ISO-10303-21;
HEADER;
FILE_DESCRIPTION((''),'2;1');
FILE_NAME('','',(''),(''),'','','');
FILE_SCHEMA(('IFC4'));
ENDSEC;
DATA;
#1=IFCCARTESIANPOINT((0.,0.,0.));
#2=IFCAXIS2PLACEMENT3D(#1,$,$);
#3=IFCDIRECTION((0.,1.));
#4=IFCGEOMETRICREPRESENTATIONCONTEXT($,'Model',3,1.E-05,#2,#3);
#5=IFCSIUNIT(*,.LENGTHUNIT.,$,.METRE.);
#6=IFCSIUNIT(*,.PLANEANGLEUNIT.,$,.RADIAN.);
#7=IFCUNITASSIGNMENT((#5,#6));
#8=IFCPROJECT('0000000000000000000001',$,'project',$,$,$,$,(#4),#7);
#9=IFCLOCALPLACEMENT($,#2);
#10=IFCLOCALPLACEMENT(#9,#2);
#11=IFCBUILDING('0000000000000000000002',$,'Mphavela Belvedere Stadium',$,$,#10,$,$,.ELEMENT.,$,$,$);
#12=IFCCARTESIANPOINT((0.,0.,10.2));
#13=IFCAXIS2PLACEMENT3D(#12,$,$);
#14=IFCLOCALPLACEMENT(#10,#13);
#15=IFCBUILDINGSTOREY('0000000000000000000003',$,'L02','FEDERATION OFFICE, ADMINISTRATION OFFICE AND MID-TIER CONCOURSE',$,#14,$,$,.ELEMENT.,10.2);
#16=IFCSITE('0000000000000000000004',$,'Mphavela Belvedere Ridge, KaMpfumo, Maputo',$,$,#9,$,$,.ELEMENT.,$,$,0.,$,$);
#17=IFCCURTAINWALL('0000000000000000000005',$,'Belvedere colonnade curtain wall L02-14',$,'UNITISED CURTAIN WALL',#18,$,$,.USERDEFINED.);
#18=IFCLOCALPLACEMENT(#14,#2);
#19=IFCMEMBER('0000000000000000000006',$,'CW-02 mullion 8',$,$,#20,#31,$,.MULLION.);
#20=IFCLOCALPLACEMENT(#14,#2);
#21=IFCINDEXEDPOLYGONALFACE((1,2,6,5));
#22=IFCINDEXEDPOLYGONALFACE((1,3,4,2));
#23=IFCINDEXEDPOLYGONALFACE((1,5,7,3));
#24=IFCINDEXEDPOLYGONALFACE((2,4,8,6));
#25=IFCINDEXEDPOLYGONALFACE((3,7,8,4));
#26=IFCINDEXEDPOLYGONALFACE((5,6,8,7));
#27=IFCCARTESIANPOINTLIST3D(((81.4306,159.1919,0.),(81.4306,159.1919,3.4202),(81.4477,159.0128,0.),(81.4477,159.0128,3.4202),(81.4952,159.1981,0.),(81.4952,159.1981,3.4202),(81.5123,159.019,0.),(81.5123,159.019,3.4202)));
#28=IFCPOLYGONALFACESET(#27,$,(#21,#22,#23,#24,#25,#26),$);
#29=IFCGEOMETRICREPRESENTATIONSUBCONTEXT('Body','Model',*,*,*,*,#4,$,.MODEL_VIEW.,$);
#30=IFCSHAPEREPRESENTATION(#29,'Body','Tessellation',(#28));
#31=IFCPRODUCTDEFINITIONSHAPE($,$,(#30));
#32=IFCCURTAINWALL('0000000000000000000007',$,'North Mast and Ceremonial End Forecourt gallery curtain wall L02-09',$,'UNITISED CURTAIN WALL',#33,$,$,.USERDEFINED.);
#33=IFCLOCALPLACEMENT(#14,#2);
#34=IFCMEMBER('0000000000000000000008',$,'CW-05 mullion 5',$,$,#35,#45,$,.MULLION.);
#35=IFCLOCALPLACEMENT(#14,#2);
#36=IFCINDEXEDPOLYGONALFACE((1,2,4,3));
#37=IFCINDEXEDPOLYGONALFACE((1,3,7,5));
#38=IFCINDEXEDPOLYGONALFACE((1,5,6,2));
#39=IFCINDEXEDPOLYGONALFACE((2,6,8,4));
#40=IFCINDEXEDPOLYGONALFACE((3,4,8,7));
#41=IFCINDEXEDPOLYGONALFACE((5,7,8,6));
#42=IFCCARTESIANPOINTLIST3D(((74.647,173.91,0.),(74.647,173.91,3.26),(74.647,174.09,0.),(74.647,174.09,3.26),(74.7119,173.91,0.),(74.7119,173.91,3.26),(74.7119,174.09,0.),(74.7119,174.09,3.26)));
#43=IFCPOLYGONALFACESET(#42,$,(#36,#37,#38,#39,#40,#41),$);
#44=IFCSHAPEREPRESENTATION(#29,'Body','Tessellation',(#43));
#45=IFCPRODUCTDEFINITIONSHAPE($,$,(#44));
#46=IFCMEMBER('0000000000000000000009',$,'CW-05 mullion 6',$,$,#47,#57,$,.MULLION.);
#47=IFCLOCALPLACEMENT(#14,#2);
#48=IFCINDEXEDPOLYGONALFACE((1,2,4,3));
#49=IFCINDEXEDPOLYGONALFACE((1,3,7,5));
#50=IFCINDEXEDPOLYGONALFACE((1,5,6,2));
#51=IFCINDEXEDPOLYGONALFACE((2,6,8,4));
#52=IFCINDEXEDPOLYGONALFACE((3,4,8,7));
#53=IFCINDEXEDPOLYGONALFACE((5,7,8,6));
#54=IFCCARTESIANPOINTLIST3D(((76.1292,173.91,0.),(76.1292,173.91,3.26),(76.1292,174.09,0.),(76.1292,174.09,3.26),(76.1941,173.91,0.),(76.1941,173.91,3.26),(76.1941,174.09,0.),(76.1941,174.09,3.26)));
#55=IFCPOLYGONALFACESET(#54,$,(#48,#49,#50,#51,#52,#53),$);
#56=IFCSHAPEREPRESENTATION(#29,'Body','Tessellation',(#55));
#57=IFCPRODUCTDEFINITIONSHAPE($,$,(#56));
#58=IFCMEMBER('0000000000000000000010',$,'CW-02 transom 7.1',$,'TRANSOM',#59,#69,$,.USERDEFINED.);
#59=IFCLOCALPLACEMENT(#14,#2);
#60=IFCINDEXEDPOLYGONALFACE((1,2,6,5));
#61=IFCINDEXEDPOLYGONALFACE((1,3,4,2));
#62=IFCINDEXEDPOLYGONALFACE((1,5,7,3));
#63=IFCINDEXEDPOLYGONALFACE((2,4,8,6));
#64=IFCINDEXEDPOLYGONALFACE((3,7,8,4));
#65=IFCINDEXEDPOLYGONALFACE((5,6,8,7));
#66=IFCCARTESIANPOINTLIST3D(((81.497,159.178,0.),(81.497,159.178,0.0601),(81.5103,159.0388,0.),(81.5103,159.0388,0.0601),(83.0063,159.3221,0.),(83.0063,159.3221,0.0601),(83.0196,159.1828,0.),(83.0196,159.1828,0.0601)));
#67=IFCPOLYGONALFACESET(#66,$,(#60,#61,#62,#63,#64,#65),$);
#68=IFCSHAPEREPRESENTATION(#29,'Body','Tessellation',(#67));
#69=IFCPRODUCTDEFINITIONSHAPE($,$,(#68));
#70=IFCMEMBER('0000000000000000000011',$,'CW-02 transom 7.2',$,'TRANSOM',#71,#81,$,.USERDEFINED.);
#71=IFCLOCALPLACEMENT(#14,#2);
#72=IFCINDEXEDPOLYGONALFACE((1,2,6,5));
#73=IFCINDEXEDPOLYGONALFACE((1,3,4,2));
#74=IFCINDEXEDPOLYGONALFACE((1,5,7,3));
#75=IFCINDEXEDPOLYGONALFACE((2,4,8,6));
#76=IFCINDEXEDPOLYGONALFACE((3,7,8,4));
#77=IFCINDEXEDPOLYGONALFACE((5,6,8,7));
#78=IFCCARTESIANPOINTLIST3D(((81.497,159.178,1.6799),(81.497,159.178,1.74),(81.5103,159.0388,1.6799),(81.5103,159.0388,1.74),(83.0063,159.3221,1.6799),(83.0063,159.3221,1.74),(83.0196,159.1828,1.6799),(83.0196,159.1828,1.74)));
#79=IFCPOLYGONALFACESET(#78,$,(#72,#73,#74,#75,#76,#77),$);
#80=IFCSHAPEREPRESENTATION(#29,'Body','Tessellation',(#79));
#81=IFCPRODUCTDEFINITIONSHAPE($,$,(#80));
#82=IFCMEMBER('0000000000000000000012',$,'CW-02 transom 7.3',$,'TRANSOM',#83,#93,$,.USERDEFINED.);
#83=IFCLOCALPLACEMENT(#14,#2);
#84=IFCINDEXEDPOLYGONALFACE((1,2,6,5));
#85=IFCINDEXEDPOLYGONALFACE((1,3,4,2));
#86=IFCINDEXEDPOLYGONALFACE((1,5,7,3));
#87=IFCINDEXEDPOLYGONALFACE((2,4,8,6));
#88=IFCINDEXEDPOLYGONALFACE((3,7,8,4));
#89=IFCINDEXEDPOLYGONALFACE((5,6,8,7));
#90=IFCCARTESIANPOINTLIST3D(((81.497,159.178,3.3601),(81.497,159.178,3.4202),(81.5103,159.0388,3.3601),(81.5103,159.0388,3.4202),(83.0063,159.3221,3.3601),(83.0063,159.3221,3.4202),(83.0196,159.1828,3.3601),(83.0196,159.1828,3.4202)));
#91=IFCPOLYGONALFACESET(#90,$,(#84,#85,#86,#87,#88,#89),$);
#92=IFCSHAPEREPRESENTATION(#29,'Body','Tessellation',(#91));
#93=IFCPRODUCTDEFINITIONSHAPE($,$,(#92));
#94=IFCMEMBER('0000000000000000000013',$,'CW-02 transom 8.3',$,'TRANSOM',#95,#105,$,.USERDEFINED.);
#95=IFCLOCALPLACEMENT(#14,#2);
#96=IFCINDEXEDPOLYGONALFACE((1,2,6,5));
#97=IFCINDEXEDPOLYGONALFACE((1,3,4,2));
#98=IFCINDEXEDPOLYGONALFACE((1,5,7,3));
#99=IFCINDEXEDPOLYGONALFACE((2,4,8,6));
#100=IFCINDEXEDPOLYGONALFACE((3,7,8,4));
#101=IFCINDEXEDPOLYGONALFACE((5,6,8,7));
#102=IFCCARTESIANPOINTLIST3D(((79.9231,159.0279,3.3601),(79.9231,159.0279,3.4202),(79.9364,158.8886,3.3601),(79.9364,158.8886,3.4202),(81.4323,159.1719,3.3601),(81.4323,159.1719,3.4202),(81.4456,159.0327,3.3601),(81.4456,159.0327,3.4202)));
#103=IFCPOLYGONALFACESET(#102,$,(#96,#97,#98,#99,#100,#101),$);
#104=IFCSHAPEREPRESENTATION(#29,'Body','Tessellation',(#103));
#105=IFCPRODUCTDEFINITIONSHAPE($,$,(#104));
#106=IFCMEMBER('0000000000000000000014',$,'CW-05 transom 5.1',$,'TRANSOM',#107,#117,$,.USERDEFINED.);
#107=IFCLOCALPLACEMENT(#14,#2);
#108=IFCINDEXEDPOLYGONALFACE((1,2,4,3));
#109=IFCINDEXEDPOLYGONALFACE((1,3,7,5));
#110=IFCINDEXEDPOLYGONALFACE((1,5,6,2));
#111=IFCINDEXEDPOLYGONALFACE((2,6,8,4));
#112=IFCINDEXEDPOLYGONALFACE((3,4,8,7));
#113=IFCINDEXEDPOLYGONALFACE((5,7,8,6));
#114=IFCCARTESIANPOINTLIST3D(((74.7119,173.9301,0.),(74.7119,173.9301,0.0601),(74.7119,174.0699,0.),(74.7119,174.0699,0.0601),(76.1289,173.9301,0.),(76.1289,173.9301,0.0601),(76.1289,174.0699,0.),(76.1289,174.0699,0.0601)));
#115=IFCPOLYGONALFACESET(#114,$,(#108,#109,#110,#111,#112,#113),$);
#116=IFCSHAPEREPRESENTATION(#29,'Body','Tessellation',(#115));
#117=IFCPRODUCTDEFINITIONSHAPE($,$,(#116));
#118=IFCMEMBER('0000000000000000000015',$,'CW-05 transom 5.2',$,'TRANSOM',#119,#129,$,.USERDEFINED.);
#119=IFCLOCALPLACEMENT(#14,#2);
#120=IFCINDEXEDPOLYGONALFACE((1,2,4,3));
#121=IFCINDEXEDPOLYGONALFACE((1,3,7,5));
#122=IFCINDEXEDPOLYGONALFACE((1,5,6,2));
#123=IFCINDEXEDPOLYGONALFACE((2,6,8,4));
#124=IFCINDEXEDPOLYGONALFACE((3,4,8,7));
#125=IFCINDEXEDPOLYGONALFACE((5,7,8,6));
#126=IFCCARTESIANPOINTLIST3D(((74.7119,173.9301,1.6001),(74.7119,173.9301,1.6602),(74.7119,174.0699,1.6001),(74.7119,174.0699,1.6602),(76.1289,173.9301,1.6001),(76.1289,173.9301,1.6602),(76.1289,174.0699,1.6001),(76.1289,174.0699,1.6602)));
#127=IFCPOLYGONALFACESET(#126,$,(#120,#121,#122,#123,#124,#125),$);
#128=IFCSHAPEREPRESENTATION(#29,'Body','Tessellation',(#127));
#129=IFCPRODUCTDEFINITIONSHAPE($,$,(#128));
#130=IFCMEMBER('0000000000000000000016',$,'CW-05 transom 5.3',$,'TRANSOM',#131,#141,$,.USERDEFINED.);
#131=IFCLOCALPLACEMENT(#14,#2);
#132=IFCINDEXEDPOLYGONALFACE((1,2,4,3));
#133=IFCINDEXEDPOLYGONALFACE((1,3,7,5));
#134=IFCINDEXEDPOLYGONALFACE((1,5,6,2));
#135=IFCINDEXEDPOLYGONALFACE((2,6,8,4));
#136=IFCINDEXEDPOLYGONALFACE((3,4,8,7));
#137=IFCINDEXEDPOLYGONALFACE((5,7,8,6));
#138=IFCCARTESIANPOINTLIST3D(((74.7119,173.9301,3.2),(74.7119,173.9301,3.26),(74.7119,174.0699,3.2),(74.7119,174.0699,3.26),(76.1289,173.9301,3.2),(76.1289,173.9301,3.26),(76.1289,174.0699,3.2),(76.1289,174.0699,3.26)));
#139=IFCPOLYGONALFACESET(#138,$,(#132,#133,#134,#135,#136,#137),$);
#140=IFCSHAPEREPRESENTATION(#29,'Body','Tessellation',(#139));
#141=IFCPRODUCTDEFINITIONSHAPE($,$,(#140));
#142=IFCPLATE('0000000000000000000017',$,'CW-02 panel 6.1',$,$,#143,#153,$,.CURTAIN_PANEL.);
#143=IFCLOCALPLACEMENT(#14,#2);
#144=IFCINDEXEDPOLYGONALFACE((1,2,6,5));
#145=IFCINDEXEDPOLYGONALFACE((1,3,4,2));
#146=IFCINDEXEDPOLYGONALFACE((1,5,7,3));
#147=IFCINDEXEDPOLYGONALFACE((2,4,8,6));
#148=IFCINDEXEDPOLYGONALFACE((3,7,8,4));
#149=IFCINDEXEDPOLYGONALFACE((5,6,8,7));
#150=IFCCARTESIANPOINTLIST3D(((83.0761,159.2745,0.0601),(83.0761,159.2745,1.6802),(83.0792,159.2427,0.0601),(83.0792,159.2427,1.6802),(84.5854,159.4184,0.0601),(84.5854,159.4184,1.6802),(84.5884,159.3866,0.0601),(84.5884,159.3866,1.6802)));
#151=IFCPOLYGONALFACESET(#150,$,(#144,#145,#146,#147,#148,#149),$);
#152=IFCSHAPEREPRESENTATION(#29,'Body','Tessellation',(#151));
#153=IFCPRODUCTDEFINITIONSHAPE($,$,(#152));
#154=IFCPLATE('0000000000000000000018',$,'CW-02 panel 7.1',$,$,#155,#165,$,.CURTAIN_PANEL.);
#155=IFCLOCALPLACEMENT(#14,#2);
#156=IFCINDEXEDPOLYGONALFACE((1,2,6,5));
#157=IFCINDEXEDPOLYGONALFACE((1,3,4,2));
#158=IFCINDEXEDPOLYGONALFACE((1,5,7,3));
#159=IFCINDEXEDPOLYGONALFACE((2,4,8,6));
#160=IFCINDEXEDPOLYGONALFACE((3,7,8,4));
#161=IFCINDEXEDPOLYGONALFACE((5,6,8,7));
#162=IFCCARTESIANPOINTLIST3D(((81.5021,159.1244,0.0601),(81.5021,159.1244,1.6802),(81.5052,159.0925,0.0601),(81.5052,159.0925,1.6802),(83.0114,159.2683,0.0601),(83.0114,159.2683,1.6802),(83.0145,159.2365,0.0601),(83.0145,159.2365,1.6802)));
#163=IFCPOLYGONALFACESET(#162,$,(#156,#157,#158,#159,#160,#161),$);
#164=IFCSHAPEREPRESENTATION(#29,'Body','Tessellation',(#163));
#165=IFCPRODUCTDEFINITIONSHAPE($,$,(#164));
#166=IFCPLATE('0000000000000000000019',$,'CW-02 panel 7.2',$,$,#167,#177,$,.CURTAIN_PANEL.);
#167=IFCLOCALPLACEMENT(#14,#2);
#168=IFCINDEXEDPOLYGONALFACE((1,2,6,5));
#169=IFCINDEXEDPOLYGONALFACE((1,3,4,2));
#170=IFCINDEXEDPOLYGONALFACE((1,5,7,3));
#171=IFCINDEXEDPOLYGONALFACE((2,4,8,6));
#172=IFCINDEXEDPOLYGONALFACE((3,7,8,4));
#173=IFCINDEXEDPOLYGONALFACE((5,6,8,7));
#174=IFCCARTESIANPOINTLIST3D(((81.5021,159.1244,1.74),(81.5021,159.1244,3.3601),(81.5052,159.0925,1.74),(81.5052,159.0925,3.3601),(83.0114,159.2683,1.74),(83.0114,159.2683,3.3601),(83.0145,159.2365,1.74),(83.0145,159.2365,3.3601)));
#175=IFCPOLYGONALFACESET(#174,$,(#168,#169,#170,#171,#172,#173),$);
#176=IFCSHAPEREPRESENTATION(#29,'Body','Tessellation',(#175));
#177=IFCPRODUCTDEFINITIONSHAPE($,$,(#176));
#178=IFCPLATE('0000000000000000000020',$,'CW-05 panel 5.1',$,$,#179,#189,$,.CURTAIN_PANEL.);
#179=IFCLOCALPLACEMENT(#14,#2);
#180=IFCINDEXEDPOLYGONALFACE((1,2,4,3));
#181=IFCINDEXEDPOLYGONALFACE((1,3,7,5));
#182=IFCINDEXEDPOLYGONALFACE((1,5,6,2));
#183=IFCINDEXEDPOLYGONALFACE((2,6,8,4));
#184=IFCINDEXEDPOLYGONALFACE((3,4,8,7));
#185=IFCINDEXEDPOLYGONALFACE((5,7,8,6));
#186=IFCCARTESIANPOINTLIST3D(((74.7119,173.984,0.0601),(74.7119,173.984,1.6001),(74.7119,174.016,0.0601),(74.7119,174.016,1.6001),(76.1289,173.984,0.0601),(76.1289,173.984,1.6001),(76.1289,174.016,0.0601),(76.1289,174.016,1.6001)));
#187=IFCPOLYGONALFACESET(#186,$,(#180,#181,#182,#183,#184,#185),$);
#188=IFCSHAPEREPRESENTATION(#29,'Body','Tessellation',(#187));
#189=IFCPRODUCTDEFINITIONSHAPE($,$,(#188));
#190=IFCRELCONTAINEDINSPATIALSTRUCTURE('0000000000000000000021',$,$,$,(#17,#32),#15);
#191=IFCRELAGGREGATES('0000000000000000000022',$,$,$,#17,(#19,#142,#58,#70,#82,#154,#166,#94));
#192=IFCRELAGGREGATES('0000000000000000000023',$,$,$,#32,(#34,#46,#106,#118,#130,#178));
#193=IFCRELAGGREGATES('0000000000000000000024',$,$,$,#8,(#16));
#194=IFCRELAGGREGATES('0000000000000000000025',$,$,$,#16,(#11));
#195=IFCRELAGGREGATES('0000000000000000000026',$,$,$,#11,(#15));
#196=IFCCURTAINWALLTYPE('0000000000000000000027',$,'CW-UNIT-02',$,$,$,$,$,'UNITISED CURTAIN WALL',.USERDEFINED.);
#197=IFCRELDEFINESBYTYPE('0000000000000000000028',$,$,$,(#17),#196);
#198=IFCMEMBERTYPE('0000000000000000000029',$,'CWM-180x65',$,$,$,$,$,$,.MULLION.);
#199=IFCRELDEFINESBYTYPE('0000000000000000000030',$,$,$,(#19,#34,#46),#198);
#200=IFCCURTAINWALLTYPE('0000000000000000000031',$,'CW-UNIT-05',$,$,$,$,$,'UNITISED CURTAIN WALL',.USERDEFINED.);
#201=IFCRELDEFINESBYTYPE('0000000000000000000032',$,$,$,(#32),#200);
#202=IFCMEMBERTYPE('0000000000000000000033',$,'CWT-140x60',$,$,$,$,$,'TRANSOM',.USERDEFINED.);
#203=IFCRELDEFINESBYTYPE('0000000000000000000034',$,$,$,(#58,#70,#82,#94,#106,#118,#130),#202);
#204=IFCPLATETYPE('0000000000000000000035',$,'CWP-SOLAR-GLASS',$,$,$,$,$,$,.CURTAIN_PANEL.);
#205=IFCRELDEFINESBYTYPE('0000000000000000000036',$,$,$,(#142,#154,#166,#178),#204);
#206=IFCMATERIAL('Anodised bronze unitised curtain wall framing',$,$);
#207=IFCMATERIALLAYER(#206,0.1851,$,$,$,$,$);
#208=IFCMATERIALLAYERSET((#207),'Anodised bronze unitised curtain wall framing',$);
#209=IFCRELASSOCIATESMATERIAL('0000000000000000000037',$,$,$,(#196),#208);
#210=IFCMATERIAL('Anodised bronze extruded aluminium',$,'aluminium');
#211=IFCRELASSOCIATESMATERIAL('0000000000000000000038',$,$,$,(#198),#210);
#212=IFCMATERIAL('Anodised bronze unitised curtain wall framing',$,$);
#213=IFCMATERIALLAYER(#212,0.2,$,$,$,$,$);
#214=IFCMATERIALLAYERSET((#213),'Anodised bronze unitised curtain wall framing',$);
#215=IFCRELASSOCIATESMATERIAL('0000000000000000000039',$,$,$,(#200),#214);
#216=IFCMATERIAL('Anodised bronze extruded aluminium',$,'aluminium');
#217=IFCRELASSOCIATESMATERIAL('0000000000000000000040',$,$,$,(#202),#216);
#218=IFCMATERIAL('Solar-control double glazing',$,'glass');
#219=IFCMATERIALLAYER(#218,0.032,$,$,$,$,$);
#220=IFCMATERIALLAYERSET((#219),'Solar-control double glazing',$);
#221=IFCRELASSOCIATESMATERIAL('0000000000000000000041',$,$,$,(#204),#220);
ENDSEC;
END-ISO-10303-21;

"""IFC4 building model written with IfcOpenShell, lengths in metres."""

from ifc_helpers import new_model, si_unit, direction, frame, origin, origin_2d, place, context, subcontext, project, spatial, rectangle, extrude, material, layer, layer_set, material_profile, profile_set, type_object, element, aggregate, save


model = new_model("IFC4")

# Units and contexts
model_context = context("Model", 3, precision=1e-05, world=origin(), true_north=direction((0.0, 1.0)))
body_context = subcontext(model_context, "Body", "Model", "MODEL_VIEW")
ifc_project = project(units=[si_unit("LENGTHUNIT", "METRE"), si_unit("PLANEANGLEUNIT", "RADIAN")], contexts=[model_context])

# Site, building, storey
site_placement = place(None, origin())
site = spatial("IfcSite", under=ifc_project, at=site_placement, Name="Mphavela Belvedere Ridge, KaMpfumo, Maputo", CompositionType="ELEMENT", RefElevation=0.0)
building_placement = place(site_placement, origin())
building = spatial("IfcBuilding", under=site, at=building_placement, Name="Mphavela Belvedere Stadium", CompositionType="ELEMENT")
storey_placement = place(building_placement, frame((0.0, 0.0, 10.2)))
storey = spatial("IfcBuildingStorey", under=building, at=storey_placement, Name="L02", Description="FEDERATION OFFICE, ADMINISTRATION OFFICE AND MID-TIER CONCOURSE", CompositionType="ELEMENT", Elevation=10.2)

# Curtain walls, members
ifc_material_1 = material(Name="Anodised bronze unitised curtain wall framing")
ifc_layer_1 = layer(ifc_material_1, 0.1851)
ifc_layer_set_1 = layer_set([ifc_layer_1], Name="Anodised bronze unitised curtain wall framing")
curtain_wall_type_1 = type_object("IfcCurtainWallType", Name="CW-UNIT-02", ElementType="UNITISED CURTAIN WALL", PredefinedType="USERDEFINED", material=ifc_layer_set_1)
curtain_wall_1_placement = place(storey_placement, origin())
curtain_wall_1 = element("IfcCurtainWall", 1, at=curtain_wall_1_placement, inside=storey, type_object=curtain_wall_type_1, Name="Belvedere colonnade curtain wall L02-14", ObjectType="UNITISED CURTAIN WALL", PredefinedType="USERDEFINED")
ifc_material_2 = material(Name="Anodised bronze extruded aluminium", Category="aluminium")
ifc_material_profile_1 = material_profile(ifc_material_2, rectangle(XDim=0.1799, YDim=0.0649, at=origin_2d()), Name="CW-MUL 180x65")
ifc_profile_set_1 = profile_set([ifc_material_profile_1], Name="Anodised bronze extruded aluminium")
member_type_1 = type_object("IfcMemberType", Name="CWM-180x65", PredefinedType="MULLION", material=ifc_profile_set_1)
member_1_placement = place(storey_placement, frame((81.4714, 159.1055, 0.0), z_axis=(0.0, 0.0, 1.0), x_axis=(0.094926, -0.995484, 0.0)))
member_1 = element("IfcMember", 2, at=member_1_placement, type_object=member_type_1, Name="CW-02 mullion 8", PredefinedType="MULLION", context=body_context, shape_type="SweptSolid", body=[
    extrude(rectangle(XDim=0.1799, YDim=0.0649, at=origin_2d()), origin(), (0.0, 0.0, 1.0), 3.4202),
])
ifc_material_3 = material(Name="Anodised bronze unitised curtain wall framing")
ifc_layer_2 = layer(ifc_material_3, 0.2)
ifc_layer_set_2 = layer_set([ifc_layer_2], Name="Anodised bronze unitised curtain wall framing")
curtain_wall_type_2 = type_object("IfcCurtainWallType", Name="CW-UNIT-05", ElementType="UNITISED CURTAIN WALL", PredefinedType="USERDEFINED", material=ifc_layer_set_2)
curtain_wall_2_placement = place(storey_placement, origin())
curtain_wall_2 = element("IfcCurtainWall", 3, at=curtain_wall_2_placement, inside=storey, type_object=curtain_wall_type_2, Name="North Mast and Ceremonial End Forecourt gallery curtain wall L02-09", ObjectType="UNITISED CURTAIN WALL", PredefinedType="USERDEFINED")
member_2_placement = place(storey_placement, frame((74.6794, 174.0, 0.0), z_axis=(0.0, 0.0, 1.0), x_axis=(0.0, 1.0, 0.0)))
member_2 = element("IfcMember", 4, at=member_2_placement, type_object=member_type_1, Name="CW-05 mullion 5", PredefinedType="MULLION", context=body_context, shape_type="SweptSolid", body=[
    extrude(rectangle(XDim=0.1799, YDim=0.0649, at=origin_2d()), origin(), (0.0, 0.0, 1.0), 3.26),
])
member_3_placement = place(storey_placement, frame((76.1616, 174.0, 0.0), z_axis=(0.0, 0.0, 1.0), x_axis=(0.0, 1.0, 0.0)))
member_3 = element("IfcMember", 5, at=member_3_placement, type_object=member_type_1, Name="CW-05 mullion 6", PredefinedType="MULLION", context=body_context, shape_type="SweptSolid", body=[
    extrude(rectangle(XDim=0.1799, YDim=0.0649, at=origin_2d()), origin(), (0.0, 0.0, 1.0), 3.26),
])

# Members
ifc_material_4 = material(Name="Anodised bronze extruded aluminium", Category="aluminium")
ifc_material_profile_2 = material_profile(ifc_material_4, rectangle(XDim=0.1399, YDim=0.0601, at=origin_2d()), Name="CW-TRN 140x60")
ifc_profile_set_2 = profile_set([ifc_material_profile_2], Name="Anodised bronze extruded aluminium")
member_type_2 = type_object("IfcMemberType", Name="CWT-140x60", ElementType="TRANSOM", PredefinedType="USERDEFINED", material=ifc_profile_set_2)
member_4_placement = place(storey_placement, frame((83.0129, 159.2524, 0.03), z_axis=(-0.995477, -0.095007, 0.0), x_axis=(0.095007, -0.995477, 0.0)))
member_4 = element("IfcMember", 6, at=member_4_placement, type_object=member_type_2, Name="CW-02 transom 7.1", ObjectType="TRANSOM", PredefinedType="USERDEFINED", context=body_context, shape_type="SweptSolid", body=[
    extrude(rectangle(XDim=0.1399, YDim=0.0601, at=origin_2d()), origin(), (0.0, 0.0, 1.0), 1.5161),
])
member_5_placement = place(storey_placement, frame((83.0129, 159.2524, 1.71), z_axis=(-0.995477, -0.095007, 0.0), x_axis=(0.095007, -0.995477, 0.0)))
member_5 = element("IfcMember", 7, at=member_5_placement, type_object=member_type_2, Name="CW-02 transom 7.2", ObjectType="TRANSOM", PredefinedType="USERDEFINED", context=body_context, shape_type="SweptSolid", body=[
    extrude(rectangle(XDim=0.1399, YDim=0.0601, at=origin_2d()), origin(), (0.0, 0.0, 1.0), 1.5161),
])
member_6_placement = place(storey_placement, frame((83.0129, 159.2524, 3.3901), z_axis=(-0.995477, -0.095007, 0.0), x_axis=(0.095007, -0.995477, 0.0)))
member_6 = element("IfcMember", 8, at=member_6_placement, type_object=member_type_2, Name="CW-02 transom 7.3", ObjectType="TRANSOM", PredefinedType="USERDEFINED", context=body_context, shape_type="SweptSolid", body=[
    extrude(rectangle(XDim=0.1399, YDim=0.0601, at=origin_2d()), origin(), (0.0, 0.0, 1.0), 1.5161),
])
member_7_placement = place(storey_placement, frame((81.439, 159.1023, 3.3901), z_axis=(-0.995477, -0.095007, 0.0), x_axis=(0.095007, -0.995477, 0.0)))
member_7 = element("IfcMember", 9, at=member_7_placement, type_object=member_type_2, Name="CW-02 transom 8.3", ObjectType="TRANSOM", PredefinedType="USERDEFINED", context=body_context, shape_type="SweptSolid", body=[
    extrude(rectangle(XDim=0.1399, YDim=0.0601, at=origin_2d()), origin(), (0.0, 0.0, 1.0), 1.5161),
])
member_8_placement = place(storey_placement, frame((74.7119, 174.0, 0.03), z_axis=(1.0, 0.0, 0.0), x_axis=(0.0, 1.0, 0.0)))
member_8 = element("IfcMember", 10, at=member_8_placement, type_object=member_type_2, Name="CW-05 transom 5.1", ObjectType="TRANSOM", PredefinedType="USERDEFINED", context=body_context, shape_type="SweptSolid", body=[
    extrude(rectangle(XDim=0.1399, YDim=0.0601, at=origin_2d()), origin(), (0.0, 0.0, 1.0), 1.417),
])
member_9_placement = place(storey_placement, frame((74.7119, 174.0, 1.6301), z_axis=(1.0, 0.0, 0.0), x_axis=(0.0, 1.0, 0.0)))
member_9 = element("IfcMember", 11, at=member_9_placement, type_object=member_type_2, Name="CW-05 transom 5.2", ObjectType="TRANSOM", PredefinedType="USERDEFINED", context=body_context, shape_type="SweptSolid", body=[
    extrude(rectangle(XDim=0.1399, YDim=0.0601, at=origin_2d()), origin(), (0.0, 0.0, 1.0), 1.417),
])
member_10_placement = place(storey_placement, frame((74.7119, 174.0, 3.23), z_axis=(1.0, 0.0, 0.0), x_axis=(0.0, 1.0, 0.0)))
member_10 = element("IfcMember", 12, at=member_10_placement, type_object=member_type_2, Name="CW-05 transom 5.3", ObjectType="TRANSOM", PredefinedType="USERDEFINED", context=body_context, shape_type="SweptSolid", body=[
    extrude(rectangle(XDim=0.1399, YDim=0.0601, at=origin_2d()), origin(), (0.0, 0.0, 1.0), 1.417),
])

# Plates
ifc_material_5 = material(Name="Solar-control double glazing", Category="glass")
ifc_layer_3 = layer(ifc_material_5, 0.032)
ifc_layer_set_3 = layer_set([ifc_layer_3], Name="Solar-control double glazing")
plate_type = type_object("IfcPlateType", Name="CWP-SOLAR-GLASS", PredefinedType="CURTAIN_PANEL", material=ifc_layer_set_3)
plate_1_placement = place(storey_placement, frame((83.8323, 159.3306, 0.0601), z_axis=(0.0, 0.0, 1.0), x_axis=(-0.995484, -0.094926, 0.0)))
plate_1 = element("IfcPlate", 13, at=plate_1_placement, type_object=plate_type, Name="CW-02 panel 6.1", PredefinedType="CURTAIN_PANEL", context=body_context, shape_type="SweptSolid", body=[
    extrude(rectangle(XDim=1.5161, YDim=0.032, at=origin_2d()), origin(), (0.0, 0.0, 1.0), 1.6201),
])
plate_2_placement = place(storey_placement, frame((82.2583, 159.1804, 0.0601), z_axis=(0.0, 0.0, 1.0), x_axis=(-0.995484, -0.094926, 0.0)))
plate_2 = element("IfcPlate", 14, at=plate_2_placement, type_object=plate_type, Name="CW-02 panel 7.1", PredefinedType="CURTAIN_PANEL", context=body_context, shape_type="SweptSolid", body=[
    extrude(rectangle(XDim=1.5161, YDim=0.032, at=origin_2d()), origin(), (0.0, 0.0, 1.0), 1.6201),
])
plate_3_placement = place(storey_placement, frame((82.2583, 159.1804, 1.74), z_axis=(0.0, 0.0, 1.0), x_axis=(-0.995484, -0.094926, 0.0)))
plate_3 = element("IfcPlate", 15, at=plate_3_placement, type_object=plate_type, Name="CW-02 panel 7.2", PredefinedType="CURTAIN_PANEL", context=body_context, shape_type="SweptSolid", body=[
    extrude(rectangle(XDim=1.5161, YDim=0.032, at=origin_2d()), origin(), (0.0, 0.0, 1.0), 1.6201),
])
aggregate(curtain_wall_1, [member_1, plate_1, member_4, member_5, member_6, plate_2, plate_3, member_7])
plate_4_placement = place(storey_placement, frame((75.4204, 174.0, 0.0601), z_axis=(0.0, 0.0, 1.0), x_axis=(1.0, 0.0, 0.0)))
plate_4 = element("IfcPlate", 16, at=plate_4_placement, type_object=plate_type, Name="CW-05 panel 5.1", PredefinedType="CURTAIN_PANEL", context=body_context, shape_type="SweptSolid", body=[
    extrude(rectangle(XDim=1.417, YDim=0.032, at=origin_2d()), origin(), (0.0, 0.0, 1.0), 1.54),
])
aggregate(curtain_wall_2, [member_2, member_3, member_8, member_9, member_10, plate_4])

save(model, "model.ifc")
